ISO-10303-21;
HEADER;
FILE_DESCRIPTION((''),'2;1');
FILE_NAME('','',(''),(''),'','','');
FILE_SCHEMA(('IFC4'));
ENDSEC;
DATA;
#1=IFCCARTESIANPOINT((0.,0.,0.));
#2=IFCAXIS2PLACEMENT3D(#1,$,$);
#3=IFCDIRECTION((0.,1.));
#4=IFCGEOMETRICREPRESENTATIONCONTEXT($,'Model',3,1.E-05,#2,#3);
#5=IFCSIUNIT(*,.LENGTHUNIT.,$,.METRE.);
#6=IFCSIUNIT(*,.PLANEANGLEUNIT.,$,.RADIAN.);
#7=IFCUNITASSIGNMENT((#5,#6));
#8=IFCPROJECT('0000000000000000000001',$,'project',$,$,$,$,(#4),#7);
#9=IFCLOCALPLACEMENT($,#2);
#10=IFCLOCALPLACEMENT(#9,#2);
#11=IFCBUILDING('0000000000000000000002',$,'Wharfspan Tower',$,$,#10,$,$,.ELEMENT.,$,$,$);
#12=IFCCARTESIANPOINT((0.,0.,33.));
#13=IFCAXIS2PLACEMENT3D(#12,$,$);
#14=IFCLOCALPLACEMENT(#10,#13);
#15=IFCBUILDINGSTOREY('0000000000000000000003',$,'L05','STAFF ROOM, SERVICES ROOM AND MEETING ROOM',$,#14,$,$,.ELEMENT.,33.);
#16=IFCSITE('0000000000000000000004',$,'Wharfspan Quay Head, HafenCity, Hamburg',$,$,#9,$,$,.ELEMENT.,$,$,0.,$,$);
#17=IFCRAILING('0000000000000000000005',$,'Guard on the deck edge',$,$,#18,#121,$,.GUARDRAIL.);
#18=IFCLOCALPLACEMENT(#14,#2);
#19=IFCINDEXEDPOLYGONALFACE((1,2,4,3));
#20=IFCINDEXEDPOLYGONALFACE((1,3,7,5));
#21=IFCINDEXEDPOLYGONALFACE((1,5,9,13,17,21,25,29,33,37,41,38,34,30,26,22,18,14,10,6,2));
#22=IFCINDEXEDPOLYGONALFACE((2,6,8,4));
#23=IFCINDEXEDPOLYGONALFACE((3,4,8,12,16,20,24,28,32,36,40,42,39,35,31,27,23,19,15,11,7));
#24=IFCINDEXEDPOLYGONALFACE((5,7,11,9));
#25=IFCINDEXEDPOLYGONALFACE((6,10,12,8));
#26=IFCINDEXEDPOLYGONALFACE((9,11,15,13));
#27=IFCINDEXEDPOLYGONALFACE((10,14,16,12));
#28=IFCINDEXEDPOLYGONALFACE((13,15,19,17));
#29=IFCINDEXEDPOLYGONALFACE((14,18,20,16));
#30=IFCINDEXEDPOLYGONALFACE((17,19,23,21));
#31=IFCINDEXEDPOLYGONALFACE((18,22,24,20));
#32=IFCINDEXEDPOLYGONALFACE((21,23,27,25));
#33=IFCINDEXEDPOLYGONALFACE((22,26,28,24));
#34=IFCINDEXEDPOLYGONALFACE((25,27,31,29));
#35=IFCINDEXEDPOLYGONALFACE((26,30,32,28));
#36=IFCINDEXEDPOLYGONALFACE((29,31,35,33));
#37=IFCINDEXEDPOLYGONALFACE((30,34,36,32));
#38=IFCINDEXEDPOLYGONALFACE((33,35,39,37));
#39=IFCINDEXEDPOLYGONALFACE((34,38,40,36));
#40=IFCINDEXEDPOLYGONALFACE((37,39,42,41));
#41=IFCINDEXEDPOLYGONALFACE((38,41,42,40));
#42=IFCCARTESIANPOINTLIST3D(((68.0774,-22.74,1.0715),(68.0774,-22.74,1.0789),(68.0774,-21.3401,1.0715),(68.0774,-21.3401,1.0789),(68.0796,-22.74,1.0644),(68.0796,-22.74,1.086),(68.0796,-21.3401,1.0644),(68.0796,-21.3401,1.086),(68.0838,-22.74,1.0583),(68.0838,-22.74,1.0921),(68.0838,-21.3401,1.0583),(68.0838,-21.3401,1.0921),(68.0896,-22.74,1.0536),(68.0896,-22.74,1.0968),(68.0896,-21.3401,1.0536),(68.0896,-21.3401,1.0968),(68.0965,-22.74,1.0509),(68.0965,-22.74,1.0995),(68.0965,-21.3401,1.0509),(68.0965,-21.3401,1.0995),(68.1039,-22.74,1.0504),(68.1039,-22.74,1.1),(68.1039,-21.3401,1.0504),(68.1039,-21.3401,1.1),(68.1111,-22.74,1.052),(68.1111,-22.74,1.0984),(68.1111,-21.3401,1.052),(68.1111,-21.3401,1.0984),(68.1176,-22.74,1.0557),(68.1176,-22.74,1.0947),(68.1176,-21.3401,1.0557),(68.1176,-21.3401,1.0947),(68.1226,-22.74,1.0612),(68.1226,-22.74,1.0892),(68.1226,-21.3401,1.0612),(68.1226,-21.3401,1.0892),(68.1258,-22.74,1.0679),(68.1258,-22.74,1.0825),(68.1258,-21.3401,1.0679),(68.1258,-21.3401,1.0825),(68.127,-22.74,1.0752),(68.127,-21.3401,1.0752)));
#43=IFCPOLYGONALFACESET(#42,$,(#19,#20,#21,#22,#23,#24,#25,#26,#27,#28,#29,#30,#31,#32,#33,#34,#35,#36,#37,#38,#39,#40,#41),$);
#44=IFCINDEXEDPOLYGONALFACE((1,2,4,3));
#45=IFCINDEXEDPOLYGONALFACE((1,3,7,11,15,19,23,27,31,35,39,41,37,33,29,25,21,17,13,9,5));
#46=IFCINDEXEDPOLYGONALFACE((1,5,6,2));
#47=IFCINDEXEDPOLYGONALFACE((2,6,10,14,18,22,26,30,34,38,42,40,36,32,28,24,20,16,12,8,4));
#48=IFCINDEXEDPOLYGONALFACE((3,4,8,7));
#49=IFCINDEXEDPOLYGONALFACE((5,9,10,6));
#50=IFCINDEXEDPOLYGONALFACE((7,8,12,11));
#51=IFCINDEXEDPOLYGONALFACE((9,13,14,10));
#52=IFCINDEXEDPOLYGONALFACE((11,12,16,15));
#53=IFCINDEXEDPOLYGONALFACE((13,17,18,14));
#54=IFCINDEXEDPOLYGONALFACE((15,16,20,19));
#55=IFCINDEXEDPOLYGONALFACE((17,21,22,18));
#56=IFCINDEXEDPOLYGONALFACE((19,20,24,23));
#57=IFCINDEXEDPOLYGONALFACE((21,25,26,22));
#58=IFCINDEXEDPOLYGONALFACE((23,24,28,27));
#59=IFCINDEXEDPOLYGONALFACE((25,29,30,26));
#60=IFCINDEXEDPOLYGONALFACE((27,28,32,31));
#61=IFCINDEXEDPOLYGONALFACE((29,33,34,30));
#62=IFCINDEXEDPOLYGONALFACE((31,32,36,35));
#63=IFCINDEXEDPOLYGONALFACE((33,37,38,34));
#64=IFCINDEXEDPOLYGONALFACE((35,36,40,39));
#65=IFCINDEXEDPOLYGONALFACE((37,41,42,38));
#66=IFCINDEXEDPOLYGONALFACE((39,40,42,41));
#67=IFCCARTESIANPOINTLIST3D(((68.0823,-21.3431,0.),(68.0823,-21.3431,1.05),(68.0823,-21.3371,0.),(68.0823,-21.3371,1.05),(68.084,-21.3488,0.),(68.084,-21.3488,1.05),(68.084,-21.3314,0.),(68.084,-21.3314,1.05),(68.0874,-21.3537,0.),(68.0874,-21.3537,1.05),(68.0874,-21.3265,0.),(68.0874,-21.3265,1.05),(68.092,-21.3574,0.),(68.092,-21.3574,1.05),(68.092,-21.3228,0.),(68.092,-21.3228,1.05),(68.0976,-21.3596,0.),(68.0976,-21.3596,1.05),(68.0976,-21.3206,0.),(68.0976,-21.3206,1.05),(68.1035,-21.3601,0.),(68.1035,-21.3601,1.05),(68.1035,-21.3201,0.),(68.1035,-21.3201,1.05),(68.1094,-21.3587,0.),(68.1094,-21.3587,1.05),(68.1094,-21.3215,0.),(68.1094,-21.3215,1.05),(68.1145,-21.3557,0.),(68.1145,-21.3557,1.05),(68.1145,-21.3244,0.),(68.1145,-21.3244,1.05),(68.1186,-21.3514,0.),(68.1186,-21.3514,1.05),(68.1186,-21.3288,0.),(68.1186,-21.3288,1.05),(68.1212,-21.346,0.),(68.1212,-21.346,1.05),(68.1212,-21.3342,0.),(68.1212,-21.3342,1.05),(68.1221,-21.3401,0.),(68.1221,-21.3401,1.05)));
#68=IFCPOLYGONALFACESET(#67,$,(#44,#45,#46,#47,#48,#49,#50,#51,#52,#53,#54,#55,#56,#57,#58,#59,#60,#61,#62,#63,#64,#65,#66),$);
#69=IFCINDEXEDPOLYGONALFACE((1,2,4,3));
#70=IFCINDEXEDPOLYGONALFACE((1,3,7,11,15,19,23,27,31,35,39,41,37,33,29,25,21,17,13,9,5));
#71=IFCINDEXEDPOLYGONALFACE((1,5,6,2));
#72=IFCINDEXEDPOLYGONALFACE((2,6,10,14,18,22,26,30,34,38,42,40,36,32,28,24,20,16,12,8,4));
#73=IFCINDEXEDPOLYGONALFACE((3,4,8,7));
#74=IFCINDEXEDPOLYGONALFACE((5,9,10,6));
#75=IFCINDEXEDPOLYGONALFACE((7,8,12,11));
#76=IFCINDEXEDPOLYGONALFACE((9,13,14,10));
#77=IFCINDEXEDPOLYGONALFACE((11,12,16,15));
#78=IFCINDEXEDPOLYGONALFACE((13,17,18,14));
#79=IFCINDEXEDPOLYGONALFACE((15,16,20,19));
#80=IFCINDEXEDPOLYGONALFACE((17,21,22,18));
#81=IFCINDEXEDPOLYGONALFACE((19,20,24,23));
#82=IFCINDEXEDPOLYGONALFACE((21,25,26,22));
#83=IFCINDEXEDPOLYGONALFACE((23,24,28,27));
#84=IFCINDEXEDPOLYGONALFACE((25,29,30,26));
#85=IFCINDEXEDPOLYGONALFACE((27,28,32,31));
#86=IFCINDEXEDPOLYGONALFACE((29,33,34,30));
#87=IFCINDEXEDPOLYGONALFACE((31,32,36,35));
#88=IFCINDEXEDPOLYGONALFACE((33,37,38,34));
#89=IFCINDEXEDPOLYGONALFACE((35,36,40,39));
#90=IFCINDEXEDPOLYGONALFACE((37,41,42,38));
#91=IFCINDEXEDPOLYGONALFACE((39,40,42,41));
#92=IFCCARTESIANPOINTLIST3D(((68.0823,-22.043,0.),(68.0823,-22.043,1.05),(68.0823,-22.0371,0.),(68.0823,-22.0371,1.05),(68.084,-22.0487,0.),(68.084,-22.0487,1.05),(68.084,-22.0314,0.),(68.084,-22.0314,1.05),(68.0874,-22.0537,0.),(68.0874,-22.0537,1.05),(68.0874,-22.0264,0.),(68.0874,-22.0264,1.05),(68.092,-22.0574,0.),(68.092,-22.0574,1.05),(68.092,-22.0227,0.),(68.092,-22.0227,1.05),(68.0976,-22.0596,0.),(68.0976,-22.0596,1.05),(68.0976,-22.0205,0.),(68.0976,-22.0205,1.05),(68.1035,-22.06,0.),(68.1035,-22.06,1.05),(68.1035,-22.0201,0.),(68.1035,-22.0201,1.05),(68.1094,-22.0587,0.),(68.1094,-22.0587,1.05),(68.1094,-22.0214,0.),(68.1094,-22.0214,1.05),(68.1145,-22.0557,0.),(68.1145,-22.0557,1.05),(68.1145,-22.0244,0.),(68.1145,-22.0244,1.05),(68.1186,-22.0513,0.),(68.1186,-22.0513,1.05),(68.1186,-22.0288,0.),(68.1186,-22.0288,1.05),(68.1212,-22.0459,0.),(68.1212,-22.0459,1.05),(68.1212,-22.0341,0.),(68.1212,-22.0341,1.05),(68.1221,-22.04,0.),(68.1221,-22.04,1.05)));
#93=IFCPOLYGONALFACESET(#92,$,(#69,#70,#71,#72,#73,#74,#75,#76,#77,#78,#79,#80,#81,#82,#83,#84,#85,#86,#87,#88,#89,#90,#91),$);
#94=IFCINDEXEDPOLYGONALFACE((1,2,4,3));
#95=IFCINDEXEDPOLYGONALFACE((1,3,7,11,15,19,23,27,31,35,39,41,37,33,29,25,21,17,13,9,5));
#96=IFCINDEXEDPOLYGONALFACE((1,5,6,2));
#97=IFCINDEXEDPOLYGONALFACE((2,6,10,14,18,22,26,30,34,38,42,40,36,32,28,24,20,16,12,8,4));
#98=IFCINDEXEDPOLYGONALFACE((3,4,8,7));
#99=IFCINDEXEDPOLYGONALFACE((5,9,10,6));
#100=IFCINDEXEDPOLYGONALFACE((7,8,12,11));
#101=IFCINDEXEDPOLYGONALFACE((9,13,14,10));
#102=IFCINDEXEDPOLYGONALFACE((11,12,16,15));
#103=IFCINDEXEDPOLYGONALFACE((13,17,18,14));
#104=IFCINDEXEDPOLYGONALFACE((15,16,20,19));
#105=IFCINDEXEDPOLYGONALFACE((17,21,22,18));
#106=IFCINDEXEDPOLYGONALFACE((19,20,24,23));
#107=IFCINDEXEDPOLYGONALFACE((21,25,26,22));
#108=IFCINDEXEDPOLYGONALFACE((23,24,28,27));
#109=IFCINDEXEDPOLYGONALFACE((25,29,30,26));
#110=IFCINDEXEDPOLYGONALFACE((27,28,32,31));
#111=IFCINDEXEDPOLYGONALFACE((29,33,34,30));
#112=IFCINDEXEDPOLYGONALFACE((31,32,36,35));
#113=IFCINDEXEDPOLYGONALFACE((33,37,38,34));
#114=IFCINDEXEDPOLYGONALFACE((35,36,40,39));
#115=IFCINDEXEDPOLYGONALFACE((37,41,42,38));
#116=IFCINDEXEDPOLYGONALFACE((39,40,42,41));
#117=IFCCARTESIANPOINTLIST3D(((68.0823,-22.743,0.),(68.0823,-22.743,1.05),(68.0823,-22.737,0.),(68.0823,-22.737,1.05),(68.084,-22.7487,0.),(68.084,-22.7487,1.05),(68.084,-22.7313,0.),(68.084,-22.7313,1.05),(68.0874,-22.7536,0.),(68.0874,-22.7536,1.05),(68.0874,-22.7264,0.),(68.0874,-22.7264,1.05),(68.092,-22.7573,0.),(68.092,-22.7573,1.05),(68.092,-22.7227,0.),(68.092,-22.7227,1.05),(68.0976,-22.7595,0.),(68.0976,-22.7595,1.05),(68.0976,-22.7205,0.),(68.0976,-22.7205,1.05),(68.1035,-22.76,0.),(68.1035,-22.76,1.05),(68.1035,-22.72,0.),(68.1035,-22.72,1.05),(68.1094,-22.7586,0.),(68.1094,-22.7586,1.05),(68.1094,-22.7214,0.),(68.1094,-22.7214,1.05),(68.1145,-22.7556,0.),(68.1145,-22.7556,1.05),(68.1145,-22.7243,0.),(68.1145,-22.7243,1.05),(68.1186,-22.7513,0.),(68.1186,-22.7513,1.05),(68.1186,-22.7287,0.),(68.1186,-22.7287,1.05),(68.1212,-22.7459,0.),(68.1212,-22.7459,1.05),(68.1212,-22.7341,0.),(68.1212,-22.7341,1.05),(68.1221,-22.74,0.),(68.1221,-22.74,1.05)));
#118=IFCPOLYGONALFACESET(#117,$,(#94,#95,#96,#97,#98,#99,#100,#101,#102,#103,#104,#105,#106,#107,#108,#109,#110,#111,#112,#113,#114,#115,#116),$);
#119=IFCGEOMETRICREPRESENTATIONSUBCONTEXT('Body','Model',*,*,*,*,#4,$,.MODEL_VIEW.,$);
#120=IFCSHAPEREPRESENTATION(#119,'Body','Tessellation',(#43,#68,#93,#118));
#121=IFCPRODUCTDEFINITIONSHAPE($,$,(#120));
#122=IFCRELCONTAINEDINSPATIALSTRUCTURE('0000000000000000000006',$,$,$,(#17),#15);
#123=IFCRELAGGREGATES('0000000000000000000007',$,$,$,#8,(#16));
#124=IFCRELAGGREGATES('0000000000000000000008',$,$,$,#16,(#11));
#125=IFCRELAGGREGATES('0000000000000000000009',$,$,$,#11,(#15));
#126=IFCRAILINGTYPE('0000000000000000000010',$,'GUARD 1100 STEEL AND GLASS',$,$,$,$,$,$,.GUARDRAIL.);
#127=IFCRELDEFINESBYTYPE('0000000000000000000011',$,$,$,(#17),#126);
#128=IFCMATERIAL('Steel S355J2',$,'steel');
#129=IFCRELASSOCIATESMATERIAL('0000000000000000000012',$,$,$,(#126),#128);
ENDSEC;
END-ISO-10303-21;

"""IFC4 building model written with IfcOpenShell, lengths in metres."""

from ifc_helpers import new_model, si_unit, direction, frame, origin, origin_2d, place, context, subcontext, project, spatial, circle, extrude, material, type_object, element, save


model = new_model("IFC4")

# Units and contexts
model_context = context("Model", 3, precision=1e-05, world=origin(), true_north=direction((0.0, 1.0)))
body_context = subcontext(model_context, "Body", "Model", "MODEL_VIEW")
ifc_project = project(units=[si_unit("LENGTHUNIT", "METRE"), si_unit("PLANEANGLEUNIT", "RADIAN")], contexts=[model_context])

# Site, building, storey
site_placement = place(None, origin())
site = spatial("IfcSite", under=ifc_project, at=site_placement, Name="Wharfspan Quay Head, HafenCity, Hamburg", CompositionType="ELEMENT", RefElevation=0.0)
building_placement = place(site_placement, origin())
building = spatial("IfcBuilding", under=site, at=building_placement, Name="Wharfspan Tower", CompositionType="ELEMENT")
storey_placement = place(building_placement, frame((0.0, 0.0, 33.0)))
storey = spatial("IfcBuildingStorey", under=building, at=storey_placement, Name="L05", Description="STAFF ROOM, SERVICES ROOM AND MEETING ROOM", CompositionType="ELEMENT", Elevation=33.0)

# Railing
ifc_material_1 = material(Name="Steel S355J2", Category="steel")
railing_type = type_object("IfcRailingType", Name="GUARD 1100 STEEL AND GLASS", PredefinedType="GUARDRAIL", material=ifc_material_1)
railing_1_placement = place(storey_placement, frame((68.1021, -21.3401, 0.0)))
element("IfcRailing", 1, at=railing_1_placement, inside=storey, type_object=railing_type, Name="Guard on the deck edge", PredefinedType="GUARDRAIL", context=body_context, shape_type="SweptSolid", body=[
    extrude(circle(Radius=0.0249, at=origin_2d()), frame((0.0, 0.0, 1.0752), z_axis=(0.0, -1.0, 0.0), x_axis=(1.0, 0.0, 0.0)), (0.0, 0.0, 1.0), 1.3999),
    extrude(circle(Radius=0.02, at=origin_2d()), origin(), (0.0, 0.0, 1.0), 1.05),
    extrude(circle(Radius=0.02, at=origin_2d()), frame((0.0, -0.7, 0.0)), (0.0, 0.0, 1.0), 1.05),
    extrude(circle(Radius=0.02, at=origin_2d()), frame((0.0, -1.3999, 0.0)), (0.0, 0.0, 1.0), 1.05),
])

save(model, "model.ifc")
